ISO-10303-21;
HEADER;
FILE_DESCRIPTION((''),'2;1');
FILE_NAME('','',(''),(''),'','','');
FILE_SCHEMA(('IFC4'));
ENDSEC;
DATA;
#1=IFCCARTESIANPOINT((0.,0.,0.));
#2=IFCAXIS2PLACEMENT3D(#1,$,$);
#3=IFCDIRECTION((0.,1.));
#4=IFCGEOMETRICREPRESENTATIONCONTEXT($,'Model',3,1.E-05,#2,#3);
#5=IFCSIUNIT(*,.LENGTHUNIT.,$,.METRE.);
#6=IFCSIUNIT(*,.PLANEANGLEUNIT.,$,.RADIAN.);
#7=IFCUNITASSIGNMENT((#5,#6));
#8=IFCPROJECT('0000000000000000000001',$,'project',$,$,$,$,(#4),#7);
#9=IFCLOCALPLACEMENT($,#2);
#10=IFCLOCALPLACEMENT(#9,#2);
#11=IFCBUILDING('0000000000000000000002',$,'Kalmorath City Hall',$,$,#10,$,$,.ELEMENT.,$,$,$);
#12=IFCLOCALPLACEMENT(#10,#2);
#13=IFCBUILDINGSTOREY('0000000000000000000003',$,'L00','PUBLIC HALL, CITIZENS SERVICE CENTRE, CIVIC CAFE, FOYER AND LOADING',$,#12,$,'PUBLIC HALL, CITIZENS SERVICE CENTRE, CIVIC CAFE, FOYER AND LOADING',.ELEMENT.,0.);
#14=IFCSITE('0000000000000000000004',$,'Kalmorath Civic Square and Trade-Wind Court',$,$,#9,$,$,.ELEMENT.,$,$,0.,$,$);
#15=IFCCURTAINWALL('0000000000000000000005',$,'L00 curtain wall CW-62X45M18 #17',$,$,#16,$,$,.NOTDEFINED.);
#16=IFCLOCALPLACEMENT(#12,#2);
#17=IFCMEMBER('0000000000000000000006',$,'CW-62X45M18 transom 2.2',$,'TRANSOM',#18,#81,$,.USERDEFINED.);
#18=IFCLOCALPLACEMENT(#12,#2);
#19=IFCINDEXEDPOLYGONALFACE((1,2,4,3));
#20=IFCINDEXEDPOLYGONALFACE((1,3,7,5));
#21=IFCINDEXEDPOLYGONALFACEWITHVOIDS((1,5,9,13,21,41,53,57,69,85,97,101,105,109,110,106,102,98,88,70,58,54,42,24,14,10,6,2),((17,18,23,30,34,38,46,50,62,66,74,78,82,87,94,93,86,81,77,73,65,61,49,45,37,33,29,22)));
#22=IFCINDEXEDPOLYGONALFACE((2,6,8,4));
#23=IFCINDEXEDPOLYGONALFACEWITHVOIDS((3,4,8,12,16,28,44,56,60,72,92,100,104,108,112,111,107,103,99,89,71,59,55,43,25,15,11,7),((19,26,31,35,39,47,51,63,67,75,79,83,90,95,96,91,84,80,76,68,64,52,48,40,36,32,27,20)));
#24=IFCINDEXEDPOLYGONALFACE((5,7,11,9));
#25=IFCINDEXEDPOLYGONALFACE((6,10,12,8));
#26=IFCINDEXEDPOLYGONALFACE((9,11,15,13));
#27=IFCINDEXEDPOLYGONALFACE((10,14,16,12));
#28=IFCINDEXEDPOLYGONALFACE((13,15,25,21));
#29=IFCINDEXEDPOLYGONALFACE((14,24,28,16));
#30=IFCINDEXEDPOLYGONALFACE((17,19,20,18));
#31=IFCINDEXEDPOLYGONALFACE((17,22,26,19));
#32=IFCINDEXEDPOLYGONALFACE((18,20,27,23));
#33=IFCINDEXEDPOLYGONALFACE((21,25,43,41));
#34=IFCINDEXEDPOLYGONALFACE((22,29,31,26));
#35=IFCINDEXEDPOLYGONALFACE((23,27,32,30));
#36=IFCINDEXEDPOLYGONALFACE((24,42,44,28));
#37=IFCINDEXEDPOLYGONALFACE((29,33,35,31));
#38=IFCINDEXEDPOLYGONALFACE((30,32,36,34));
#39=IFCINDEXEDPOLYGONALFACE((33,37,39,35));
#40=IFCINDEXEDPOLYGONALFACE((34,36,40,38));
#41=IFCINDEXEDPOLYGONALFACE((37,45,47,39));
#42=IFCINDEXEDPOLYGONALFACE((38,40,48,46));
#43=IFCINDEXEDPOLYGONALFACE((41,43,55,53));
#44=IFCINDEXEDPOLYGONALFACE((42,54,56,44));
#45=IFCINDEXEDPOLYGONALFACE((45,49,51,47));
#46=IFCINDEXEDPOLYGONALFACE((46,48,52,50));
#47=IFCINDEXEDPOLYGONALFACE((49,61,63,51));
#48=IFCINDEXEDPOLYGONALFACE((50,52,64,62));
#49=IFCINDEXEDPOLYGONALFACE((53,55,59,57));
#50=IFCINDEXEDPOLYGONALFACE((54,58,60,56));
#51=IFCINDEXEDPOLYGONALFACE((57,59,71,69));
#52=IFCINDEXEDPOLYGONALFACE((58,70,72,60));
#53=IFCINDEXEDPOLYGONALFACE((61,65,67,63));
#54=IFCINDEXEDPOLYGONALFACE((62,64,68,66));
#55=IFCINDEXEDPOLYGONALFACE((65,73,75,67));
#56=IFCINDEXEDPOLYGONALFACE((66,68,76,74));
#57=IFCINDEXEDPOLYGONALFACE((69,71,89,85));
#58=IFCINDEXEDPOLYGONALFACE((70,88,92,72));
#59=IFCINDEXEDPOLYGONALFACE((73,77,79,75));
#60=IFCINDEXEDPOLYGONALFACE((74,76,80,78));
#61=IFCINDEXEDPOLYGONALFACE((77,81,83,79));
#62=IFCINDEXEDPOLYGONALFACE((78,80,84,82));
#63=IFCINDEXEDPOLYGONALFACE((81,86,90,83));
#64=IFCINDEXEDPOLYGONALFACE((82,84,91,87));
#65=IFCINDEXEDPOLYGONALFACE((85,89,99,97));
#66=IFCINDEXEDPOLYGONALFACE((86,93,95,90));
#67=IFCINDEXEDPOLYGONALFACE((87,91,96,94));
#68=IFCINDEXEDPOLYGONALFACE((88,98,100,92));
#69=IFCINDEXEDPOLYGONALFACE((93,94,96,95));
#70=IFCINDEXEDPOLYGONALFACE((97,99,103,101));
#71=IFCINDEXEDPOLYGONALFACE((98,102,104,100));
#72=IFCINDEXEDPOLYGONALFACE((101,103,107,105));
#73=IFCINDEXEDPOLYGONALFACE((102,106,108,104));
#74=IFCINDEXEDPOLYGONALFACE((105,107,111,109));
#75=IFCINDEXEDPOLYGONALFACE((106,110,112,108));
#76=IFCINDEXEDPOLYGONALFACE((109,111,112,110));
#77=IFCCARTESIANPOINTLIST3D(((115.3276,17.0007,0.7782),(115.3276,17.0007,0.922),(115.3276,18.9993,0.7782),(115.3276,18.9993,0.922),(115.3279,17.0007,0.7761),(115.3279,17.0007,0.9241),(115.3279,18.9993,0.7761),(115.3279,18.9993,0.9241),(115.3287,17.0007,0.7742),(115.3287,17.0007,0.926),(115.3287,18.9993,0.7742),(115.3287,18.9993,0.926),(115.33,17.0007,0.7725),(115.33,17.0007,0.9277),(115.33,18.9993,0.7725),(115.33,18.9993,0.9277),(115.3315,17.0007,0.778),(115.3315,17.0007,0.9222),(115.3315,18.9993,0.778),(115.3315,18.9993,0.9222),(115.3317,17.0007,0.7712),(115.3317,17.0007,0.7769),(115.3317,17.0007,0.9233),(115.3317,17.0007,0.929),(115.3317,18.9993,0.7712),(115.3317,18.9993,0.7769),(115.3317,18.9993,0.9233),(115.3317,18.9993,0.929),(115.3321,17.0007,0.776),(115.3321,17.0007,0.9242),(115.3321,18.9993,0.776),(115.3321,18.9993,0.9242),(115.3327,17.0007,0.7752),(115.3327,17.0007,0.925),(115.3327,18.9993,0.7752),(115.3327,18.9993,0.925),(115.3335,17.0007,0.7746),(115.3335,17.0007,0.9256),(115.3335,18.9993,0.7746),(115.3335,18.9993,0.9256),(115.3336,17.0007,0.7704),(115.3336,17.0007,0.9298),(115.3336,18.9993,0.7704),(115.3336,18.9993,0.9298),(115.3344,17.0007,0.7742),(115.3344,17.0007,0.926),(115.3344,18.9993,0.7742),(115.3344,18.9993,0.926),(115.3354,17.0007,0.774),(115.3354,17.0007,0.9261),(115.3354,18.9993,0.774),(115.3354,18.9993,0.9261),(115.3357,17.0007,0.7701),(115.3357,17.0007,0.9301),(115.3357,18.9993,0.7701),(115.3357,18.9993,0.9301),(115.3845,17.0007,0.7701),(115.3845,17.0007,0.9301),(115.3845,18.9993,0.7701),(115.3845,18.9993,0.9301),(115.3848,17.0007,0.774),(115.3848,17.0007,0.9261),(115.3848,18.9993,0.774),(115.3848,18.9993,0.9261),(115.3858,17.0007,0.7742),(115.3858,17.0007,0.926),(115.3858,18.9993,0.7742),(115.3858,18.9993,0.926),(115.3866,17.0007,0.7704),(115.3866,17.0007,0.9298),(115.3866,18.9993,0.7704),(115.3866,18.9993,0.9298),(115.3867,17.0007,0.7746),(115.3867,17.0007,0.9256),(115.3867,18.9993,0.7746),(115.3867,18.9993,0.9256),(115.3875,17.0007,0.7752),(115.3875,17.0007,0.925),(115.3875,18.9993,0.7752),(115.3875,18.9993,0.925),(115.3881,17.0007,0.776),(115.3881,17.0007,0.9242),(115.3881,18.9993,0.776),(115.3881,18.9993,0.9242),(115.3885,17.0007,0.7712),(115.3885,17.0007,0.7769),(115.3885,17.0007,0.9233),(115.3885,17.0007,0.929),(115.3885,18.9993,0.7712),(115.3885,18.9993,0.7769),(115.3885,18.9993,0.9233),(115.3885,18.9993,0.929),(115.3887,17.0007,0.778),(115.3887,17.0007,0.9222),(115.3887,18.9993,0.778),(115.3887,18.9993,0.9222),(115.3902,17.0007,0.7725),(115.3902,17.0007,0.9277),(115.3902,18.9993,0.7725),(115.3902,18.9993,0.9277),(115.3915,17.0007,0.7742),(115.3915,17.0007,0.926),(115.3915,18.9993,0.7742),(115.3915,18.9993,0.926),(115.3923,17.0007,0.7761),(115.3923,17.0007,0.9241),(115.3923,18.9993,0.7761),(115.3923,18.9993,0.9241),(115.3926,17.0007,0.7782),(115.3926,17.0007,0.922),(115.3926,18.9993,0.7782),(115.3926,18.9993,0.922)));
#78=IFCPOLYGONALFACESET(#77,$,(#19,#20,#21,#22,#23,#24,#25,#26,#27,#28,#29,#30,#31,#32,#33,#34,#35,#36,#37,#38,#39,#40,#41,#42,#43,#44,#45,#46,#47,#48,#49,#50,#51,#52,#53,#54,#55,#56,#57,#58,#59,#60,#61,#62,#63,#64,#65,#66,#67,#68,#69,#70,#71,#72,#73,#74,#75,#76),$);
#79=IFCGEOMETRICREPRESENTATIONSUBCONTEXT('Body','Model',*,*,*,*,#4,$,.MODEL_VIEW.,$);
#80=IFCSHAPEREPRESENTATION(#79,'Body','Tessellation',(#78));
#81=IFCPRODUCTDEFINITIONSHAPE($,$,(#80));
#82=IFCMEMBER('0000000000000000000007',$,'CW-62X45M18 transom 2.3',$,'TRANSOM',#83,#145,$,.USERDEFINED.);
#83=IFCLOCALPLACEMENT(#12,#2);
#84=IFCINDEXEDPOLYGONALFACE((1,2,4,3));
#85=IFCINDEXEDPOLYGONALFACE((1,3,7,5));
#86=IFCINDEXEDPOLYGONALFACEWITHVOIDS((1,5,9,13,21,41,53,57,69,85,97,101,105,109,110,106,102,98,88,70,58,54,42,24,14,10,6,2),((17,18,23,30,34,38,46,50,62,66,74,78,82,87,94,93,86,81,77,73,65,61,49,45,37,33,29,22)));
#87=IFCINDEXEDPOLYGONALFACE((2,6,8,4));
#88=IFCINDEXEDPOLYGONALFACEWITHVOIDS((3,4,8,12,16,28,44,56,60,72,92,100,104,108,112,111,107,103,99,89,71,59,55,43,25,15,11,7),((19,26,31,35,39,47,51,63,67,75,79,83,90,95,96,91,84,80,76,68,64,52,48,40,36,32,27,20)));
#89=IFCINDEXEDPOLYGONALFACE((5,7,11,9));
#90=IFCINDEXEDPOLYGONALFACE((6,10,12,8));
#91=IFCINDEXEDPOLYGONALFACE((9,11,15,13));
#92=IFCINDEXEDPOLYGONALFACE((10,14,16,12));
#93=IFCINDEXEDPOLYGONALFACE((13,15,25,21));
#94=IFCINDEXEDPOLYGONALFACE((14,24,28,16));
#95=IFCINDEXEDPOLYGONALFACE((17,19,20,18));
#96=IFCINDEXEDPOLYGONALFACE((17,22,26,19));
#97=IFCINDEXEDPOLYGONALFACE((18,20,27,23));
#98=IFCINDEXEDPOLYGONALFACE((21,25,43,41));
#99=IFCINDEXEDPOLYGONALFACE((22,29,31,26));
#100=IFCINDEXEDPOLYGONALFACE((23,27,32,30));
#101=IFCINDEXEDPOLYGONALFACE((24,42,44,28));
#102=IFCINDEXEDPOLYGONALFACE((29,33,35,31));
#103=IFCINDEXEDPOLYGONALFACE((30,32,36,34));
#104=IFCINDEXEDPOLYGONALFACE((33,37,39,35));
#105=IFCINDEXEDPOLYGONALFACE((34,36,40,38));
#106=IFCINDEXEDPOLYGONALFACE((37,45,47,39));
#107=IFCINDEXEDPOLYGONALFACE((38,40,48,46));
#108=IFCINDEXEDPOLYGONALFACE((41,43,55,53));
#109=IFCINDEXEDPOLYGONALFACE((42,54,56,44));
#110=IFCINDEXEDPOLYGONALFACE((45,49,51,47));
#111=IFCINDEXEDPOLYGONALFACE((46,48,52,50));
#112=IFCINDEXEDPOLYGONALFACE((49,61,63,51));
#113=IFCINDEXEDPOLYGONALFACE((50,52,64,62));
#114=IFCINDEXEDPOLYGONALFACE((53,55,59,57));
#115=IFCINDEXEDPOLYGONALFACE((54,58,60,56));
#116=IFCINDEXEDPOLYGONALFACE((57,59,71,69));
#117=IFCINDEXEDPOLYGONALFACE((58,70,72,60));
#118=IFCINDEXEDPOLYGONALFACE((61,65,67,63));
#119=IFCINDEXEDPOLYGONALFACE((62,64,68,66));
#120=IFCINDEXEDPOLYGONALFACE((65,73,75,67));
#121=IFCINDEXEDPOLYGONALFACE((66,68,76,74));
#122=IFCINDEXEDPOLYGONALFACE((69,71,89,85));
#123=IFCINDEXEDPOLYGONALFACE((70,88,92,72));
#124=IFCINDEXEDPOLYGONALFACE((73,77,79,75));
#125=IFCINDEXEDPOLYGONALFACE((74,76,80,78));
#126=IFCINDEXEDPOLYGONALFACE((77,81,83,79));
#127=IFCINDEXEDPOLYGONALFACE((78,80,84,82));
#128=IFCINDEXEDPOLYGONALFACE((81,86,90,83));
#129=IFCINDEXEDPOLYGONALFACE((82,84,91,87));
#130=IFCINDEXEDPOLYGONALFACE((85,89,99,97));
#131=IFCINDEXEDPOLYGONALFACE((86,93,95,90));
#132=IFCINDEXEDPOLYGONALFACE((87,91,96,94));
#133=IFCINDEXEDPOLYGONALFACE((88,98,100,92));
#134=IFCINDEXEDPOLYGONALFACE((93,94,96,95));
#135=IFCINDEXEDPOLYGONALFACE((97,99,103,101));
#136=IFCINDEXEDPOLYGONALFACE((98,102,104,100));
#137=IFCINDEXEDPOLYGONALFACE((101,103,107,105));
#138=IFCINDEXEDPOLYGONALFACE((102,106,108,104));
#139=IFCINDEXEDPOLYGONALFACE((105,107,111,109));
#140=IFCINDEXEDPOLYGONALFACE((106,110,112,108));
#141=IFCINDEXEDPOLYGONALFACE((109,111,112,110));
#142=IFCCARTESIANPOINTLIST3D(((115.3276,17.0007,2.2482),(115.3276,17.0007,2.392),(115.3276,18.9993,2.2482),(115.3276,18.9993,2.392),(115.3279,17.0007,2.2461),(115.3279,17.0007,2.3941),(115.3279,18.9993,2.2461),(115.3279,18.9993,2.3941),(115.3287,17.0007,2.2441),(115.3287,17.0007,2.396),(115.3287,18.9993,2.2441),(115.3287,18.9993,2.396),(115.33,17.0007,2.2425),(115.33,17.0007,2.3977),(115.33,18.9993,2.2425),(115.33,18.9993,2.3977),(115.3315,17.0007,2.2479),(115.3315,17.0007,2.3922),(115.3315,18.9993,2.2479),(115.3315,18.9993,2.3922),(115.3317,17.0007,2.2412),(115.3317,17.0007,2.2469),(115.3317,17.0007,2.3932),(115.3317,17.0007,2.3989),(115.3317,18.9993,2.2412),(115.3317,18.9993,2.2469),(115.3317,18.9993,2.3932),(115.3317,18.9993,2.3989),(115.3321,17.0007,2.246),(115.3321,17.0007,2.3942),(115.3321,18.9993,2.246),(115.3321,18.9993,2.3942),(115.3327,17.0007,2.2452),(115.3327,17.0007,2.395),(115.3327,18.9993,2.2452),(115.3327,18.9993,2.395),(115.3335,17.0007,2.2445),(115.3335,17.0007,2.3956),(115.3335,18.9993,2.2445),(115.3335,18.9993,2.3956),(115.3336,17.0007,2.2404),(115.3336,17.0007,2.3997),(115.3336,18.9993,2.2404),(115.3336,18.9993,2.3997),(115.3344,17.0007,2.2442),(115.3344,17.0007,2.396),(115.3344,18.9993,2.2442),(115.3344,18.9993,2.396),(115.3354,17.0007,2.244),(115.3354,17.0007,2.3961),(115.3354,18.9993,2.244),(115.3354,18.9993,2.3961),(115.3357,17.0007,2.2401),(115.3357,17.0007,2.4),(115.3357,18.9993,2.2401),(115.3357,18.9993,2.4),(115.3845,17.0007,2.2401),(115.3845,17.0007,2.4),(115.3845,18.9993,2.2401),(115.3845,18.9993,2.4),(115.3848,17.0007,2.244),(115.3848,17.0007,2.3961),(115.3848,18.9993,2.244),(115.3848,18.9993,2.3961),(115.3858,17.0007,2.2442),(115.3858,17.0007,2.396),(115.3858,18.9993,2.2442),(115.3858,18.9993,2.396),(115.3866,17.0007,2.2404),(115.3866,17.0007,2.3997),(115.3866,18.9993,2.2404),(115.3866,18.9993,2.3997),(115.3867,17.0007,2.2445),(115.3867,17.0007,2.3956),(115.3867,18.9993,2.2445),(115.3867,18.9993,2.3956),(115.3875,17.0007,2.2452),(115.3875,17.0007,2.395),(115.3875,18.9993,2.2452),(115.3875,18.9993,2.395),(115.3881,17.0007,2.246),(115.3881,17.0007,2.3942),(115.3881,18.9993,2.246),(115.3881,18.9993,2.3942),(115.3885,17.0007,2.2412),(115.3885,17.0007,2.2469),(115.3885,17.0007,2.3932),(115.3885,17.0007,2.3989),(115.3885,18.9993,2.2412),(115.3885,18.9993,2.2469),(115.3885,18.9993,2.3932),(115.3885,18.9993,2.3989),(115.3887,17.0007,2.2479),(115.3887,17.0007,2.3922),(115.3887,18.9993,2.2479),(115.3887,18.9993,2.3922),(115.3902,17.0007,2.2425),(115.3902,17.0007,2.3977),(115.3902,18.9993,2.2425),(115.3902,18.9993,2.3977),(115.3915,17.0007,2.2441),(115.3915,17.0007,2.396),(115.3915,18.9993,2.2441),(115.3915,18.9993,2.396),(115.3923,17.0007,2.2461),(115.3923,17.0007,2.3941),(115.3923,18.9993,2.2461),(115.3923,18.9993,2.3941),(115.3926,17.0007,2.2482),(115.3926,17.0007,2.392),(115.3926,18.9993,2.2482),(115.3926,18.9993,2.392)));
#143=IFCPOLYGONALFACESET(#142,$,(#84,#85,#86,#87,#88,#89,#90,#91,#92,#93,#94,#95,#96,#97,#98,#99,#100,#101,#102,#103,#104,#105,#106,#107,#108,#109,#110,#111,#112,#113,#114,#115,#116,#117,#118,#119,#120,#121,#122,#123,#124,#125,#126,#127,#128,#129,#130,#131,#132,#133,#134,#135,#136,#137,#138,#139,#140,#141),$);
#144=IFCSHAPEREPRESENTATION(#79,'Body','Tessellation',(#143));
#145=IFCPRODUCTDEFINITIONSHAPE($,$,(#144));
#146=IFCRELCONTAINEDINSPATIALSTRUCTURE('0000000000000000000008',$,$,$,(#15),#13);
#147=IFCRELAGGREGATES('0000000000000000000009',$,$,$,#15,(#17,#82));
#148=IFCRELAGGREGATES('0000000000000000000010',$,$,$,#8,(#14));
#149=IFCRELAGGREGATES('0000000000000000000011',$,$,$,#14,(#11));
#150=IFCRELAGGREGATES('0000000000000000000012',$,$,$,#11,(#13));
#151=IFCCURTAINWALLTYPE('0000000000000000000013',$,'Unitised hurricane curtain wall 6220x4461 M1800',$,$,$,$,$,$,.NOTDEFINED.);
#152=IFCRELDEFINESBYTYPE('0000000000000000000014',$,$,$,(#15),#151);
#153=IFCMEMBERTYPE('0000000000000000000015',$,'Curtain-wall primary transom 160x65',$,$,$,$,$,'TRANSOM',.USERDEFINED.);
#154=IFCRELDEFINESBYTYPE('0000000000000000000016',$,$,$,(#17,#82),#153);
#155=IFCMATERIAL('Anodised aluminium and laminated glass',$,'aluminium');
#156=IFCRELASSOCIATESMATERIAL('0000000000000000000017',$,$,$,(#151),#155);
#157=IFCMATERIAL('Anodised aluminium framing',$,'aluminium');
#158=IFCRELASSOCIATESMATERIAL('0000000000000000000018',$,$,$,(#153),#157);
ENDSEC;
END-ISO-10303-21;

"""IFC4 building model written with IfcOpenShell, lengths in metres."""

from ifc_helpers import new_model, si_unit, direction, frame, origin, origin_2d, place, context, subcontext, project, spatial, hollow_rectangle, extrude, material, material_profile, profile_set, type_object, element, aggregate, save


model = new_model("IFC4")

# Units and contexts
model_context = context("Model", 3, precision=1e-05, world=origin(), true_north=direction((0.0, 1.0)))
body_context = subcontext(model_context, "Body", "Model", "MODEL_VIEW")
ifc_project = project(units=[si_unit("LENGTHUNIT", "METRE"), si_unit("PLANEANGLEUNIT", "RADIAN")], contexts=[model_context])

# Site, building, storey
site_placement = place(None, origin())
site = spatial("IfcSite", under=ifc_project, at=site_placement, Name="Kalmorath Civic Square and Trade-Wind Court", CompositionType="ELEMENT", RefElevation=0.0)
building_placement = place(site_placement, origin())
building = spatial("IfcBuilding", under=site, at=building_placement, Name="Kalmorath City Hall", CompositionType="ELEMENT")
storey_placement = place(building_placement, origin())
storey = spatial("IfcBuildingStorey", under=building, at=storey_placement, Name="L00", Description="PUBLIC HALL, CITIZENS SERVICE CENTRE, CIVIC CAFE, FOYER AND LOADING", LongName="PUBLIC HALL, CITIZENS SERVICE CENTRE, CIVIC CAFE, FOYER AND LOADING", CompositionType="ELEMENT", Elevation=0.0)

# Curtain wall, members
ifc_material_1 = material(Name="Anodised aluminium and laminated glass", Category="aluminium")
curtain_wall_type = type_object("IfcCurtainWallType", Name="Unitised hurricane curtain wall 6220x4461 M1800", PredefinedType="NOTDEFINED", material=ifc_material_1)
curtain_wall_placement = place(storey_placement, origin())
curtain_wall = element("IfcCurtainWall", 1, at=curtain_wall_placement, inside=storey, type_object=curtain_wall_type, Name="L00 curtain wall CW-62X45M18 #17", PredefinedType="NOTDEFINED")
ifc_material_2 = material(Name="Anodised aluminium framing", Category="aluminium")
ifc_material_profile_1 = material_profile(ifc_material_2, hollow_rectangle(XDim=0.0649, YDim=0.1599, WallThickness=0.0039, InnerFilletRadius=0.0039, OuterFilletRadius=0.0081, at=origin_2d()), Name="ALU-TRN-160X65X4")
ifc_profile_set_1 = profile_set([ifc_material_profile_1], Name="Anodised aluminium framing")
member_type_1 = type_object("IfcMemberType", Name="Curtain-wall primary transom 160x65", ElementType="TRANSOM", PredefinedType="USERDEFINED", material=ifc_profile_set_1)
member_1_placement = place(storey_placement, frame((115.3601, 17.0007, 0.8501), z_axis=(0.0, 1.0, 0.0), x_axis=(-1.0, 0.0, 0.0)))
member_1 = element("IfcMember", 2, at=member_1_placement, type_object=member_type_1, Name="CW-62X45M18 transom 2.2", ObjectType="TRANSOM", PredefinedType="USERDEFINED", context=body_context, shape_type="SweptSolid", body=[
    extrude(hollow_rectangle(XDim=0.0649, YDim=0.1599, WallThickness=0.0039, InnerFilletRadius=0.0039, OuterFilletRadius=0.0081, at=origin_2d()), origin(), (0.0, 0.0, 1.0), 1.9985),
])
member_2_placement = place(storey_placement, frame((115.3601, 17.0007, 2.3201), z_axis=(0.0, 1.0, 0.0), x_axis=(-1.0, 0.0, 0.0)))
member_2 = element("IfcMember", 3, at=member_2_placement, type_object=member_type_1, Name="CW-62X45M18 transom 2.3", ObjectType="TRANSOM", PredefinedType="USERDEFINED", context=body_context, shape_type="SweptSolid", body=[
    extrude(hollow_rectangle(XDim=0.0649, YDim=0.1599, WallThickness=0.0039, InnerFilletRadius=0.0039, OuterFilletRadius=0.0081, at=origin_2d()), origin(), (0.0, 0.0, 1.0), 1.9985),
])

aggregate(curtain_wall, [member_1, member_2])

save(model, "model.ifc")
